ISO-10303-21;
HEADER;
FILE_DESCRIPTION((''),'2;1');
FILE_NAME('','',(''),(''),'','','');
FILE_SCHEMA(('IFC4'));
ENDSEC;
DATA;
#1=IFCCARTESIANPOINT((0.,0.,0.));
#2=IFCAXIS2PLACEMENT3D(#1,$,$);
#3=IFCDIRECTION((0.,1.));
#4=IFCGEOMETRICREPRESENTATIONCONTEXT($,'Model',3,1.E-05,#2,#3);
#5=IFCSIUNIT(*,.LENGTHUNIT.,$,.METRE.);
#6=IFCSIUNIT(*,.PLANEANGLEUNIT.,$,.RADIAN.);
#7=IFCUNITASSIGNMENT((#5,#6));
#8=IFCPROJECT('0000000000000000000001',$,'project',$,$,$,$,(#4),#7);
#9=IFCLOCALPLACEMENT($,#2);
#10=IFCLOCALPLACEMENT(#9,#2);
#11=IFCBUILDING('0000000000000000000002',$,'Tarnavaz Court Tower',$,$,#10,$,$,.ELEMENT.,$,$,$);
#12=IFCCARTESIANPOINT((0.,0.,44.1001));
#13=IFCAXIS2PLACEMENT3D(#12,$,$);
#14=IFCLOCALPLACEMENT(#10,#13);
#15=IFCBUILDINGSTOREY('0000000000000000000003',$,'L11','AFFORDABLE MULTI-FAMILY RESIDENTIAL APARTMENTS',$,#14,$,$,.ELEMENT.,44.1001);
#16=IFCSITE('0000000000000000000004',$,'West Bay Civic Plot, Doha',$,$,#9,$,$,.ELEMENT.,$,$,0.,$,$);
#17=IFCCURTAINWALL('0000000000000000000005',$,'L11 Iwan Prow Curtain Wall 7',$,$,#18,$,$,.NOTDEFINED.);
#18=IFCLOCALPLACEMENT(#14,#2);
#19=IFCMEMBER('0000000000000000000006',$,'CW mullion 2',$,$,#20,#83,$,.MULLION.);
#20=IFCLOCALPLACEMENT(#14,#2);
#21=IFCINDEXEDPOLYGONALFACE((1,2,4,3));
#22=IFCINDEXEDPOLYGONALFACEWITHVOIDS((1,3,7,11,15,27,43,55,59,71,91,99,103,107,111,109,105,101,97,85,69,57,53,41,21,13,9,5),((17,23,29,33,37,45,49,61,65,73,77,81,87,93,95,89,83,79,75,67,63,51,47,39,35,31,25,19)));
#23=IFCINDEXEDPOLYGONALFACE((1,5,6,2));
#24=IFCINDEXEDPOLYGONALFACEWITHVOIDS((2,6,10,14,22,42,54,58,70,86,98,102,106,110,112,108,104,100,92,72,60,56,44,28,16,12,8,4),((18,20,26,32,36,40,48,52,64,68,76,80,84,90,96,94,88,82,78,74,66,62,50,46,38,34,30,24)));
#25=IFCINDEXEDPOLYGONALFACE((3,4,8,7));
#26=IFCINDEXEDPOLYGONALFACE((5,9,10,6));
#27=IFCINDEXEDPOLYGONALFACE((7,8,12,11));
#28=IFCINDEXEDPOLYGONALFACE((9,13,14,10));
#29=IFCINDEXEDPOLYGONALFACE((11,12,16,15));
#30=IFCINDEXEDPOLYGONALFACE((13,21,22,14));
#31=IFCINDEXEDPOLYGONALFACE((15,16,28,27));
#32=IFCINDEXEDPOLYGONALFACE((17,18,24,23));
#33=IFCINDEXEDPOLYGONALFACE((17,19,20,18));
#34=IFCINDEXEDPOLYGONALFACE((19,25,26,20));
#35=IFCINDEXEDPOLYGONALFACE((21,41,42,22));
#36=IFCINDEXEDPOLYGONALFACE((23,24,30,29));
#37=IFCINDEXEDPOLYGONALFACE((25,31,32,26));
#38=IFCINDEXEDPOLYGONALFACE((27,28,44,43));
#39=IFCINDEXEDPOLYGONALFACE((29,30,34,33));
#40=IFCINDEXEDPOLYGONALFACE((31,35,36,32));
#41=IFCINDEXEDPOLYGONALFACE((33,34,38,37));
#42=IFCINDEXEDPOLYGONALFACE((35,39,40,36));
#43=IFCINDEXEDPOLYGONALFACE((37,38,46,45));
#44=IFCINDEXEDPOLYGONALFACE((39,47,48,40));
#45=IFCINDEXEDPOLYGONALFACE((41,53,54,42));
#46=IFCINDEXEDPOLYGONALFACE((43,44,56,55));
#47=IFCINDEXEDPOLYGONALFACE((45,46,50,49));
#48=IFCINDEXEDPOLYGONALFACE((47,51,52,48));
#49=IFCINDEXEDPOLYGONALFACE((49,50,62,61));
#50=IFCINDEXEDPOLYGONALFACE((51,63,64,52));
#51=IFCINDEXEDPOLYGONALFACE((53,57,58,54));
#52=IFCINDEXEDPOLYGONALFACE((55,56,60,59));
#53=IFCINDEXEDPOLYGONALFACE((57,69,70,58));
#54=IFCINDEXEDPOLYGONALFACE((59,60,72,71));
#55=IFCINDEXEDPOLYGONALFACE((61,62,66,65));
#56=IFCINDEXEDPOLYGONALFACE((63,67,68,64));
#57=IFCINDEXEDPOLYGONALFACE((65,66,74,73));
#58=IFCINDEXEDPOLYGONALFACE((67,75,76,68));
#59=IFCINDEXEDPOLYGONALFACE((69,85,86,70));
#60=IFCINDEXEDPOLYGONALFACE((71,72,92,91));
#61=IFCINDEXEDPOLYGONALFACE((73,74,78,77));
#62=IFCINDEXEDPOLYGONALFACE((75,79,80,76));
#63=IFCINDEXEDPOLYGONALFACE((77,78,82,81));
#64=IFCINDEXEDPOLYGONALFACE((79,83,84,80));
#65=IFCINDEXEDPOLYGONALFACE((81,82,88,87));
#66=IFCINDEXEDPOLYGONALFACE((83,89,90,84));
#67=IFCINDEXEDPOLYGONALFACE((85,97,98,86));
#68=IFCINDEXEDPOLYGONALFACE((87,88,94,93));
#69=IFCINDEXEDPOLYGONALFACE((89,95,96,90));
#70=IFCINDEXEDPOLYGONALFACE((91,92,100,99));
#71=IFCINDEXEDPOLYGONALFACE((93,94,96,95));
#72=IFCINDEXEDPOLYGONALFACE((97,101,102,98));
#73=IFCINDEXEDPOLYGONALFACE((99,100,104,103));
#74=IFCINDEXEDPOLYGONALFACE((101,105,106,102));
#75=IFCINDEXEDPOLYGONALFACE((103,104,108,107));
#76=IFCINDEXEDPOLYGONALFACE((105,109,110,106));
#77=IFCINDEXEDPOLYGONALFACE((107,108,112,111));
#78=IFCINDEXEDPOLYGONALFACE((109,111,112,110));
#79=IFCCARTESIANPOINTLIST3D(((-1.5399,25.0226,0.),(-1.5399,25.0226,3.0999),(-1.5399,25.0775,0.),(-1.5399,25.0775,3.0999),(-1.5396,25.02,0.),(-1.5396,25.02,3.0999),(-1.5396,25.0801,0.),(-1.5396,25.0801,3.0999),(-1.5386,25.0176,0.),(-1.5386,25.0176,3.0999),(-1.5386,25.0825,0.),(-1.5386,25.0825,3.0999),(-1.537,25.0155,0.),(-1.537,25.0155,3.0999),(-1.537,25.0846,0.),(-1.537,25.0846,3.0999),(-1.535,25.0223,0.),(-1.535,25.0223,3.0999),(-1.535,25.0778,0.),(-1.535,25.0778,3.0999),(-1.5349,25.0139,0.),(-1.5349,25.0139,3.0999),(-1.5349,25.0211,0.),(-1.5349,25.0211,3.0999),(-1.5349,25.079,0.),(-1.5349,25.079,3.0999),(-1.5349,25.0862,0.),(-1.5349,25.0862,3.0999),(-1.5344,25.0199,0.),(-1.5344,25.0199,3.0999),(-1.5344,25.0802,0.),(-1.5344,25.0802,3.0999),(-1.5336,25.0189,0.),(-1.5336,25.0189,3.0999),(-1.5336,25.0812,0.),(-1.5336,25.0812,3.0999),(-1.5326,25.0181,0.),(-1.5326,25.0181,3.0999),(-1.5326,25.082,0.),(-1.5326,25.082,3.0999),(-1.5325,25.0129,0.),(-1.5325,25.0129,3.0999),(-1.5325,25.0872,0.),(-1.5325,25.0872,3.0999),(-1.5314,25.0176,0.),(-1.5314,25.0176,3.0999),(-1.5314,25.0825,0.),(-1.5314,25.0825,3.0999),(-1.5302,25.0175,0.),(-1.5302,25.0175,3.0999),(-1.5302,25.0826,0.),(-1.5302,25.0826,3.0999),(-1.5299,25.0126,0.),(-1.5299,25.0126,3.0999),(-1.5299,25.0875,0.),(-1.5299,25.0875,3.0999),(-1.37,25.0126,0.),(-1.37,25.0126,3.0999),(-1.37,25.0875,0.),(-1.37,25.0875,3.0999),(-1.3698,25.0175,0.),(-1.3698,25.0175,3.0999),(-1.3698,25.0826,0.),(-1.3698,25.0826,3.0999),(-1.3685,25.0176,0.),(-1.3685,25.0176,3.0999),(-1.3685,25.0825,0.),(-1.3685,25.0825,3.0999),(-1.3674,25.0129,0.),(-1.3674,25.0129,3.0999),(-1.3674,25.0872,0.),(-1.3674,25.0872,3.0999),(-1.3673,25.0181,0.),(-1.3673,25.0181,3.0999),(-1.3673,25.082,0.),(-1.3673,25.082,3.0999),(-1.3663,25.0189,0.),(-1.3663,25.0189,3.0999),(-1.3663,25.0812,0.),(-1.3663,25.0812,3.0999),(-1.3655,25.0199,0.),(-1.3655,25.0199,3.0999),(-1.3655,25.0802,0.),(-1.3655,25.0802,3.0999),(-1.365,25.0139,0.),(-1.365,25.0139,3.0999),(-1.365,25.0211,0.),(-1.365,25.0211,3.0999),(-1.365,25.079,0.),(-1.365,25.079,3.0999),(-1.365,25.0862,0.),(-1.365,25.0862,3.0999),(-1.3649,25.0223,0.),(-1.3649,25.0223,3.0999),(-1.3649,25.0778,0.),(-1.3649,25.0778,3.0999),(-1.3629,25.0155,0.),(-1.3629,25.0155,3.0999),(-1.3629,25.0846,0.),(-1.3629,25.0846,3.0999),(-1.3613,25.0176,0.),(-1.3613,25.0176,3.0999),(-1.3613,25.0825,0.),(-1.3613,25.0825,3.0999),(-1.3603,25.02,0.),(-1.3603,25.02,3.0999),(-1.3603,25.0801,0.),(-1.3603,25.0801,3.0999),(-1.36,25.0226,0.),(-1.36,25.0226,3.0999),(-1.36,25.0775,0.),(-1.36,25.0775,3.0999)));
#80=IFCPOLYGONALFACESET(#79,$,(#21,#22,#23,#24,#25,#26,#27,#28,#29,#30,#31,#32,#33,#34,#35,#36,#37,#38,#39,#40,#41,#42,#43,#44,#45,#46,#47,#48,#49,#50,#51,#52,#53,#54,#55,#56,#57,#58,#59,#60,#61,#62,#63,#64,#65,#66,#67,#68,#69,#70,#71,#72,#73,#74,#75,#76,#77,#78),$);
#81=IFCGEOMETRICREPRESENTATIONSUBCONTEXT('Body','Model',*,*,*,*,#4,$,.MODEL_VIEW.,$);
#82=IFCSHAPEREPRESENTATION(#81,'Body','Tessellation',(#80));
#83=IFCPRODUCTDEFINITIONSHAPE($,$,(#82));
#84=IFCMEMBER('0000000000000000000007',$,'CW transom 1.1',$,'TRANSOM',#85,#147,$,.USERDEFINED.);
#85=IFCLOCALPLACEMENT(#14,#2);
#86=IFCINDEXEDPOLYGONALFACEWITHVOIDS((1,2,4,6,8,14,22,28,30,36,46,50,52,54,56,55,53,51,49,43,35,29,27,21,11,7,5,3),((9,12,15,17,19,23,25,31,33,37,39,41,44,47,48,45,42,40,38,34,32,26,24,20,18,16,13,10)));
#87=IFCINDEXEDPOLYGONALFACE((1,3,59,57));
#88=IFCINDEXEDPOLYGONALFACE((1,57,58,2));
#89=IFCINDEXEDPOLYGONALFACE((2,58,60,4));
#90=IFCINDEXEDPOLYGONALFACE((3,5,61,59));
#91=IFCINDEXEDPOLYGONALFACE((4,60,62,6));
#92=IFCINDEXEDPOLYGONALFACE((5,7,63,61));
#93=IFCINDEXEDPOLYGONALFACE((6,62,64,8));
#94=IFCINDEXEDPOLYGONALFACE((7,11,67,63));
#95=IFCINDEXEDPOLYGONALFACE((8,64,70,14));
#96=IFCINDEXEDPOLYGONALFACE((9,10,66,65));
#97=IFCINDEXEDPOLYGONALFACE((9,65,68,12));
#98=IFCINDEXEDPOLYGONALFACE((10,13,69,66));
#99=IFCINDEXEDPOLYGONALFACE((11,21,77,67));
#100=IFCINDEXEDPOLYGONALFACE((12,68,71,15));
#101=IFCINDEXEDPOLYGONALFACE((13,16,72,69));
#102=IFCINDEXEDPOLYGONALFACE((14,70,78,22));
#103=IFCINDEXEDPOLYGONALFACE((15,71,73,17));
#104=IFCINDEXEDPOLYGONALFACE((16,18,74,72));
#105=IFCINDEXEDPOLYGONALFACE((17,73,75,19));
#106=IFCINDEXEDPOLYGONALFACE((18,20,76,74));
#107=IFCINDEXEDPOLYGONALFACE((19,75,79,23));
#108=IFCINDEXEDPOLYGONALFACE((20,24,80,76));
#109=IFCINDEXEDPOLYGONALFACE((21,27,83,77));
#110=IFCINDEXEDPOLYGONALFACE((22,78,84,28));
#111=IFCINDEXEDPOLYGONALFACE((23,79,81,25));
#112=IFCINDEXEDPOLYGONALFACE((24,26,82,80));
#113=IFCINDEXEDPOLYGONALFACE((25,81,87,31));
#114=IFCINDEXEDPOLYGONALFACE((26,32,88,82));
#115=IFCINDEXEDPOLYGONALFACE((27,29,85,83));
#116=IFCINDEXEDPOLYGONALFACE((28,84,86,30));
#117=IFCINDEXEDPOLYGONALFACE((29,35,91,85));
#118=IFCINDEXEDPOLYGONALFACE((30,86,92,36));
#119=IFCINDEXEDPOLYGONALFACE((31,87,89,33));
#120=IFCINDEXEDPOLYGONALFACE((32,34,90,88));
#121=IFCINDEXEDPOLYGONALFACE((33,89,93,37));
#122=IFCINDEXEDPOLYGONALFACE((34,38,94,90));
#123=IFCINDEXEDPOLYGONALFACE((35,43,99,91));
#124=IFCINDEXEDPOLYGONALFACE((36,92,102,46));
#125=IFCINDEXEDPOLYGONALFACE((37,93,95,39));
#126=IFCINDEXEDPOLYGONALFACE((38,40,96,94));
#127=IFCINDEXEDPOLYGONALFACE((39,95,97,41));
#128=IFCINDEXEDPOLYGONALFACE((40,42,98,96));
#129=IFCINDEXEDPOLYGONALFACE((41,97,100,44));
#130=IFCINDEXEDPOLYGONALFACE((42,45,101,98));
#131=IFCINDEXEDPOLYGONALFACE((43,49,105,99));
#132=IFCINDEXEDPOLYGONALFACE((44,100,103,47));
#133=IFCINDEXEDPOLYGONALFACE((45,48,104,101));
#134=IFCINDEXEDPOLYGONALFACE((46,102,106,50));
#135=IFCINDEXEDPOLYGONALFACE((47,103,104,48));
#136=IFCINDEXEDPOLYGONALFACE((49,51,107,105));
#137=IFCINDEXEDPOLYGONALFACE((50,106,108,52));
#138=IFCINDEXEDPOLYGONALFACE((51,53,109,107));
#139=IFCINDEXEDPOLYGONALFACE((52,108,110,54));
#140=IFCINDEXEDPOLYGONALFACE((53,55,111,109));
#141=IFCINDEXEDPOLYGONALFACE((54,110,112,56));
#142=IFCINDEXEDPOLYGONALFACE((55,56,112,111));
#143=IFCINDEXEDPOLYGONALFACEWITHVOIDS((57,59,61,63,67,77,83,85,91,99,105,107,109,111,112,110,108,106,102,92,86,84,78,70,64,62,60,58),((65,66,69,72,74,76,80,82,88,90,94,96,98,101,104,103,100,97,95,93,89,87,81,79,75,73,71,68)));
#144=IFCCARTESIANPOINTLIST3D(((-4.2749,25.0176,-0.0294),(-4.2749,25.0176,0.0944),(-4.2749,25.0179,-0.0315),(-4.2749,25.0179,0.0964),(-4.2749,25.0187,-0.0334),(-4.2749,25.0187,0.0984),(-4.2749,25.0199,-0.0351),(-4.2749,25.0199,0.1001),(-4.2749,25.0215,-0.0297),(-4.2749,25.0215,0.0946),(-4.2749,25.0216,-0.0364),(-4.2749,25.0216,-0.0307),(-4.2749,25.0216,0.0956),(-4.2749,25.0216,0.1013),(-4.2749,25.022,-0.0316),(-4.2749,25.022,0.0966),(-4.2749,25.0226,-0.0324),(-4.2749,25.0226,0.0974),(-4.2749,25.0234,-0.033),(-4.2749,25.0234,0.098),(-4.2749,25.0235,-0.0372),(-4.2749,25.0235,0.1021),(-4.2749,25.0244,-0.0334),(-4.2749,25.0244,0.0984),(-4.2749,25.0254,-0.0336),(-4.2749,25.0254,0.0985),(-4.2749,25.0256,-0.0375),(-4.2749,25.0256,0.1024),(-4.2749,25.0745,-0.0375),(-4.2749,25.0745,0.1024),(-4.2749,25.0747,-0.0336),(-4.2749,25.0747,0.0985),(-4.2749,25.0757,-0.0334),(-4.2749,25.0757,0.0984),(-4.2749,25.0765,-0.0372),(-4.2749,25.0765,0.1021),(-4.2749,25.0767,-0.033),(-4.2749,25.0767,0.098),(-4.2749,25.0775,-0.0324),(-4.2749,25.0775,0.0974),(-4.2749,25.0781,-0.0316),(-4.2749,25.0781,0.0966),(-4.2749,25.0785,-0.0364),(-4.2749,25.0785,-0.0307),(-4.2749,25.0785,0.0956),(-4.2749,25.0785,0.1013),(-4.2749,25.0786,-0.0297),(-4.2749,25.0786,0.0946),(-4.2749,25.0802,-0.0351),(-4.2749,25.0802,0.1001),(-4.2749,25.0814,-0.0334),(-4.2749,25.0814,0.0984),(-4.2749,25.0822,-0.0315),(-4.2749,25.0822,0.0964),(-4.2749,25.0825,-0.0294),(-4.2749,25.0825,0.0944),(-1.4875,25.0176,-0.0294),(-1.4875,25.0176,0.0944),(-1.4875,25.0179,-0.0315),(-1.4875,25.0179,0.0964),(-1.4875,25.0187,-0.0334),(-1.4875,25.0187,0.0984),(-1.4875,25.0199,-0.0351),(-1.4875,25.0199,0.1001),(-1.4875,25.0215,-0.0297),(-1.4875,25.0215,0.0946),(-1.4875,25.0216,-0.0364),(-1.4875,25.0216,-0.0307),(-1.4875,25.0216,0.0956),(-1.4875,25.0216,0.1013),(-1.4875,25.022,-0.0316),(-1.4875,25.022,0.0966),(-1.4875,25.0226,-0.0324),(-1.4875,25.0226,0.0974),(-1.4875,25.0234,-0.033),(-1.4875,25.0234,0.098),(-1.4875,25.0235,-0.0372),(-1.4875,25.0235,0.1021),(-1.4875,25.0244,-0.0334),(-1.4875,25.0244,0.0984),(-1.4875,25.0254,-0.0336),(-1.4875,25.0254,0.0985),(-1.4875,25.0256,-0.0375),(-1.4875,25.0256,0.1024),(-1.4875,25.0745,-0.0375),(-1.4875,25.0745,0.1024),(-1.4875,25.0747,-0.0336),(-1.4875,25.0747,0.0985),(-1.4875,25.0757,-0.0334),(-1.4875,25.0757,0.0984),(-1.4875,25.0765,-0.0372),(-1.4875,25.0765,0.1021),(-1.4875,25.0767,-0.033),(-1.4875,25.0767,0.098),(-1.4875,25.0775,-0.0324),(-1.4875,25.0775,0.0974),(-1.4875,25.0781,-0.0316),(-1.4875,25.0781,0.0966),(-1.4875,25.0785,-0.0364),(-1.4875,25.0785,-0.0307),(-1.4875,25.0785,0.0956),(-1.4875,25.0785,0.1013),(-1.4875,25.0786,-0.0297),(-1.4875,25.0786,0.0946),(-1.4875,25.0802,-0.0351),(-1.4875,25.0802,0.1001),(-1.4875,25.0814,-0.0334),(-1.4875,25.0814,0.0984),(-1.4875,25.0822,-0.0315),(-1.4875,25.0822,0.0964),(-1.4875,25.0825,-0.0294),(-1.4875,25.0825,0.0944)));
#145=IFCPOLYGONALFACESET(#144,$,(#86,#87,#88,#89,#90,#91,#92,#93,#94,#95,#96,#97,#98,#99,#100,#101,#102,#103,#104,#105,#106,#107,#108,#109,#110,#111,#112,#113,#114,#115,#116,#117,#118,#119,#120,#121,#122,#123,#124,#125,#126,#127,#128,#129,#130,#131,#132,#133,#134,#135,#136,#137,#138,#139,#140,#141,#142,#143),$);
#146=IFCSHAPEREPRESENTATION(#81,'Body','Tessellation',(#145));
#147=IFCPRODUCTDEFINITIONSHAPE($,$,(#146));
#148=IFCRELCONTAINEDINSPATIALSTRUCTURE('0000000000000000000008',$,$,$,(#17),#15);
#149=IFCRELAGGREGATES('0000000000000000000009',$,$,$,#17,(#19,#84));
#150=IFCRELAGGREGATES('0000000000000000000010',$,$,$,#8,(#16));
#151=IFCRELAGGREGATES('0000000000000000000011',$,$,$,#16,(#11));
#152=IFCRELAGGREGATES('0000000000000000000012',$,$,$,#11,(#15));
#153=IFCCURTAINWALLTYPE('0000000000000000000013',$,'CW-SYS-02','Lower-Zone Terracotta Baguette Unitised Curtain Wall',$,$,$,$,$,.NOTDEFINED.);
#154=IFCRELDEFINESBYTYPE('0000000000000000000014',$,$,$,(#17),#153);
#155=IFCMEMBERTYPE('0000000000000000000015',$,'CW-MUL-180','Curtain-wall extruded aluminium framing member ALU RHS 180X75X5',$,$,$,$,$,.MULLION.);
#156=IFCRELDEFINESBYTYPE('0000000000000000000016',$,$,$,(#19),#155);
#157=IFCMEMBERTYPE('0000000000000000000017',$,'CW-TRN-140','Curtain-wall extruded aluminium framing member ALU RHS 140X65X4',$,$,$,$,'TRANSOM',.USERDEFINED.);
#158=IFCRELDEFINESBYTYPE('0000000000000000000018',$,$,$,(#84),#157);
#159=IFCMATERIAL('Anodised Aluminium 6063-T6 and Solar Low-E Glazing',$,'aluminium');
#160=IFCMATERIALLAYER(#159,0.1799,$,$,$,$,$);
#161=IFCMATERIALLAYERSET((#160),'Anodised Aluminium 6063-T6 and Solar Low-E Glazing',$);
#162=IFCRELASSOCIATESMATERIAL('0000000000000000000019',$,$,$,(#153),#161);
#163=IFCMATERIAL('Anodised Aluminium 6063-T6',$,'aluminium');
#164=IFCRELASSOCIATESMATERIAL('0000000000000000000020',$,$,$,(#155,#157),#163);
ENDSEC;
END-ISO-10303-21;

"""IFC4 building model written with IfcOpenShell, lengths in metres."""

from ifc_helpers import new_model, si_unit, direction, frame, origin, origin_2d, place, context, subcontext, project, spatial, hollow_rectangle, extrude, material, layer, layer_set, material_profile, profile_set, type_object, element, aggregate, save


model = new_model("IFC4")

# Units and contexts
model_context = context("Model", 3, precision=1e-05, world=origin(), true_north=direction((0.0, 1.0)))
body_context = subcontext(model_context, "Body", "Model", "MODEL_VIEW")
ifc_project = project(units=[si_unit("LENGTHUNIT", "METRE"), si_unit("PLANEANGLEUNIT", "RADIAN")], contexts=[model_context])

# Site, building, storey
site_placement = place(None, origin())
site = spatial("IfcSite", under=ifc_project, at=site_placement, Name="West Bay Civic Plot, Doha", CompositionType="ELEMENT", RefElevation=0.0)
building_placement = place(site_placement, origin())
building = spatial("IfcBuilding", under=site, at=building_placement, Name="Tarnavaz Court Tower", CompositionType="ELEMENT")
storey_placement = place(building_placement, frame((0.0, 0.0, 44.1001)))
storey = spatial("IfcBuildingStorey", under=building, at=storey_placement, Name="L11", Description="AFFORDABLE MULTI-FAMILY RESIDENTIAL APARTMENTS", CompositionType="ELEMENT", Elevation=44.1001)

# Curtain wall, members
ifc_material_1 = material(Name="Anodised Aluminium 6063-T6 and Solar Low-E Glazing", Category="aluminium")
ifc_layer_1 = layer(ifc_material_1, 0.1799)
ifc_layer_set_1 = layer_set([ifc_layer_1], Name="Anodised Aluminium 6063-T6 and Solar Low-E Glazing")
curtain_wall_type = type_object("IfcCurtainWallType", Name="CW-SYS-02", Description="Lower-Zone Terracotta Baguette Unitised Curtain Wall", PredefinedType="NOTDEFINED", material=ifc_layer_set_1)
curtain_wall_placement = place(storey_placement, origin())
curtain_wall = element("IfcCurtainWall", 1, at=curtain_wall_placement, inside=storey, type_object=curtain_wall_type, Name="L11 Iwan Prow Curtain Wall 7", PredefinedType="NOTDEFINED")
ifc_material_2 = material(Name="Anodised Aluminium 6063-T6", Category="aluminium")
ifc_material_profile_1 = material_profile(ifc_material_2, hollow_rectangle(XDim=0.075, YDim=0.1799, WallThickness=0.0049, InnerFilletRadius=0.0049, OuterFilletRadius=0.01, at=origin_2d()), Name="ALU RHS 180X75X5")
ifc_profile_set_1 = profile_set([ifc_material_profile_1], Name="Anodised Aluminium 6063-T6")
member_type_1 = type_object("IfcMemberType", Name="CW-MUL-180", Description="Curtain-wall extruded aluminium framing member ALU RHS 180X75X5", PredefinedType="MULLION", material=ifc_profile_set_1)
member_1_placement = place(storey_placement, frame((-1.45, 25.05, 0.0), z_axis=(0.0, 0.0, 1.0), x_axis=(0.0, 1.0, 0.0)))
member_1 = element("IfcMember", 2, at=member_1_placement, type_object=member_type_1, Name="CW mullion 2", PredefinedType="MULLION", context=body_context, shape_type="SweptSolid", body=[
    extrude(hollow_rectangle(XDim=0.075, YDim=0.1799, WallThickness=0.0049, InnerFilletRadius=0.0049, OuterFilletRadius=0.01, at=origin_2d()), origin(), (0.0, 0.0, 1.0), 3.0999),
])
ifc_material_profile_2 = material_profile(ifc_material_2, hollow_rectangle(XDim=0.0649, YDim=0.1399, WallThickness=0.0039, InnerFilletRadius=0.0039, OuterFilletRadius=0.0081, at=origin_2d()), Name="ALU RHS 140X65X4")
ifc_profile_set_2 = profile_set([ifc_material_profile_2], Name="Anodised Aluminium 6063-T6")
member_type_2 = type_object("IfcMemberType", Name="CW-TRN-140", Description="Curtain-wall extruded aluminium framing member ALU RHS 140X65X4", ElementType="TRANSOM", PredefinedType="USERDEFINED", material=ifc_profile_set_2)
member_2_placement = place(storey_placement, frame((-4.2749, 25.05, 0.0325), z_axis=(1.0, 0.0, 0.0), x_axis=(0.0, 1.0, 0.0)))
member_2 = element("IfcMember", 3, at=member_2_placement, type_object=member_type_2, Name="CW transom 1.1", ObjectType="TRANSOM", PredefinedType="USERDEFINED", context=body_context, shape_type="SweptSolid", body=[
    extrude(hollow_rectangle(XDim=0.0649, YDim=0.1399, WallThickness=0.0039, InnerFilletRadius=0.0039, OuterFilletRadius=0.0081, at=origin_2d()), origin(), (0.0, 0.0, 1.0), 2.7874),
])
aggregate(curtain_wall, [member_1, member_2])

save(model, "model.ifc")
